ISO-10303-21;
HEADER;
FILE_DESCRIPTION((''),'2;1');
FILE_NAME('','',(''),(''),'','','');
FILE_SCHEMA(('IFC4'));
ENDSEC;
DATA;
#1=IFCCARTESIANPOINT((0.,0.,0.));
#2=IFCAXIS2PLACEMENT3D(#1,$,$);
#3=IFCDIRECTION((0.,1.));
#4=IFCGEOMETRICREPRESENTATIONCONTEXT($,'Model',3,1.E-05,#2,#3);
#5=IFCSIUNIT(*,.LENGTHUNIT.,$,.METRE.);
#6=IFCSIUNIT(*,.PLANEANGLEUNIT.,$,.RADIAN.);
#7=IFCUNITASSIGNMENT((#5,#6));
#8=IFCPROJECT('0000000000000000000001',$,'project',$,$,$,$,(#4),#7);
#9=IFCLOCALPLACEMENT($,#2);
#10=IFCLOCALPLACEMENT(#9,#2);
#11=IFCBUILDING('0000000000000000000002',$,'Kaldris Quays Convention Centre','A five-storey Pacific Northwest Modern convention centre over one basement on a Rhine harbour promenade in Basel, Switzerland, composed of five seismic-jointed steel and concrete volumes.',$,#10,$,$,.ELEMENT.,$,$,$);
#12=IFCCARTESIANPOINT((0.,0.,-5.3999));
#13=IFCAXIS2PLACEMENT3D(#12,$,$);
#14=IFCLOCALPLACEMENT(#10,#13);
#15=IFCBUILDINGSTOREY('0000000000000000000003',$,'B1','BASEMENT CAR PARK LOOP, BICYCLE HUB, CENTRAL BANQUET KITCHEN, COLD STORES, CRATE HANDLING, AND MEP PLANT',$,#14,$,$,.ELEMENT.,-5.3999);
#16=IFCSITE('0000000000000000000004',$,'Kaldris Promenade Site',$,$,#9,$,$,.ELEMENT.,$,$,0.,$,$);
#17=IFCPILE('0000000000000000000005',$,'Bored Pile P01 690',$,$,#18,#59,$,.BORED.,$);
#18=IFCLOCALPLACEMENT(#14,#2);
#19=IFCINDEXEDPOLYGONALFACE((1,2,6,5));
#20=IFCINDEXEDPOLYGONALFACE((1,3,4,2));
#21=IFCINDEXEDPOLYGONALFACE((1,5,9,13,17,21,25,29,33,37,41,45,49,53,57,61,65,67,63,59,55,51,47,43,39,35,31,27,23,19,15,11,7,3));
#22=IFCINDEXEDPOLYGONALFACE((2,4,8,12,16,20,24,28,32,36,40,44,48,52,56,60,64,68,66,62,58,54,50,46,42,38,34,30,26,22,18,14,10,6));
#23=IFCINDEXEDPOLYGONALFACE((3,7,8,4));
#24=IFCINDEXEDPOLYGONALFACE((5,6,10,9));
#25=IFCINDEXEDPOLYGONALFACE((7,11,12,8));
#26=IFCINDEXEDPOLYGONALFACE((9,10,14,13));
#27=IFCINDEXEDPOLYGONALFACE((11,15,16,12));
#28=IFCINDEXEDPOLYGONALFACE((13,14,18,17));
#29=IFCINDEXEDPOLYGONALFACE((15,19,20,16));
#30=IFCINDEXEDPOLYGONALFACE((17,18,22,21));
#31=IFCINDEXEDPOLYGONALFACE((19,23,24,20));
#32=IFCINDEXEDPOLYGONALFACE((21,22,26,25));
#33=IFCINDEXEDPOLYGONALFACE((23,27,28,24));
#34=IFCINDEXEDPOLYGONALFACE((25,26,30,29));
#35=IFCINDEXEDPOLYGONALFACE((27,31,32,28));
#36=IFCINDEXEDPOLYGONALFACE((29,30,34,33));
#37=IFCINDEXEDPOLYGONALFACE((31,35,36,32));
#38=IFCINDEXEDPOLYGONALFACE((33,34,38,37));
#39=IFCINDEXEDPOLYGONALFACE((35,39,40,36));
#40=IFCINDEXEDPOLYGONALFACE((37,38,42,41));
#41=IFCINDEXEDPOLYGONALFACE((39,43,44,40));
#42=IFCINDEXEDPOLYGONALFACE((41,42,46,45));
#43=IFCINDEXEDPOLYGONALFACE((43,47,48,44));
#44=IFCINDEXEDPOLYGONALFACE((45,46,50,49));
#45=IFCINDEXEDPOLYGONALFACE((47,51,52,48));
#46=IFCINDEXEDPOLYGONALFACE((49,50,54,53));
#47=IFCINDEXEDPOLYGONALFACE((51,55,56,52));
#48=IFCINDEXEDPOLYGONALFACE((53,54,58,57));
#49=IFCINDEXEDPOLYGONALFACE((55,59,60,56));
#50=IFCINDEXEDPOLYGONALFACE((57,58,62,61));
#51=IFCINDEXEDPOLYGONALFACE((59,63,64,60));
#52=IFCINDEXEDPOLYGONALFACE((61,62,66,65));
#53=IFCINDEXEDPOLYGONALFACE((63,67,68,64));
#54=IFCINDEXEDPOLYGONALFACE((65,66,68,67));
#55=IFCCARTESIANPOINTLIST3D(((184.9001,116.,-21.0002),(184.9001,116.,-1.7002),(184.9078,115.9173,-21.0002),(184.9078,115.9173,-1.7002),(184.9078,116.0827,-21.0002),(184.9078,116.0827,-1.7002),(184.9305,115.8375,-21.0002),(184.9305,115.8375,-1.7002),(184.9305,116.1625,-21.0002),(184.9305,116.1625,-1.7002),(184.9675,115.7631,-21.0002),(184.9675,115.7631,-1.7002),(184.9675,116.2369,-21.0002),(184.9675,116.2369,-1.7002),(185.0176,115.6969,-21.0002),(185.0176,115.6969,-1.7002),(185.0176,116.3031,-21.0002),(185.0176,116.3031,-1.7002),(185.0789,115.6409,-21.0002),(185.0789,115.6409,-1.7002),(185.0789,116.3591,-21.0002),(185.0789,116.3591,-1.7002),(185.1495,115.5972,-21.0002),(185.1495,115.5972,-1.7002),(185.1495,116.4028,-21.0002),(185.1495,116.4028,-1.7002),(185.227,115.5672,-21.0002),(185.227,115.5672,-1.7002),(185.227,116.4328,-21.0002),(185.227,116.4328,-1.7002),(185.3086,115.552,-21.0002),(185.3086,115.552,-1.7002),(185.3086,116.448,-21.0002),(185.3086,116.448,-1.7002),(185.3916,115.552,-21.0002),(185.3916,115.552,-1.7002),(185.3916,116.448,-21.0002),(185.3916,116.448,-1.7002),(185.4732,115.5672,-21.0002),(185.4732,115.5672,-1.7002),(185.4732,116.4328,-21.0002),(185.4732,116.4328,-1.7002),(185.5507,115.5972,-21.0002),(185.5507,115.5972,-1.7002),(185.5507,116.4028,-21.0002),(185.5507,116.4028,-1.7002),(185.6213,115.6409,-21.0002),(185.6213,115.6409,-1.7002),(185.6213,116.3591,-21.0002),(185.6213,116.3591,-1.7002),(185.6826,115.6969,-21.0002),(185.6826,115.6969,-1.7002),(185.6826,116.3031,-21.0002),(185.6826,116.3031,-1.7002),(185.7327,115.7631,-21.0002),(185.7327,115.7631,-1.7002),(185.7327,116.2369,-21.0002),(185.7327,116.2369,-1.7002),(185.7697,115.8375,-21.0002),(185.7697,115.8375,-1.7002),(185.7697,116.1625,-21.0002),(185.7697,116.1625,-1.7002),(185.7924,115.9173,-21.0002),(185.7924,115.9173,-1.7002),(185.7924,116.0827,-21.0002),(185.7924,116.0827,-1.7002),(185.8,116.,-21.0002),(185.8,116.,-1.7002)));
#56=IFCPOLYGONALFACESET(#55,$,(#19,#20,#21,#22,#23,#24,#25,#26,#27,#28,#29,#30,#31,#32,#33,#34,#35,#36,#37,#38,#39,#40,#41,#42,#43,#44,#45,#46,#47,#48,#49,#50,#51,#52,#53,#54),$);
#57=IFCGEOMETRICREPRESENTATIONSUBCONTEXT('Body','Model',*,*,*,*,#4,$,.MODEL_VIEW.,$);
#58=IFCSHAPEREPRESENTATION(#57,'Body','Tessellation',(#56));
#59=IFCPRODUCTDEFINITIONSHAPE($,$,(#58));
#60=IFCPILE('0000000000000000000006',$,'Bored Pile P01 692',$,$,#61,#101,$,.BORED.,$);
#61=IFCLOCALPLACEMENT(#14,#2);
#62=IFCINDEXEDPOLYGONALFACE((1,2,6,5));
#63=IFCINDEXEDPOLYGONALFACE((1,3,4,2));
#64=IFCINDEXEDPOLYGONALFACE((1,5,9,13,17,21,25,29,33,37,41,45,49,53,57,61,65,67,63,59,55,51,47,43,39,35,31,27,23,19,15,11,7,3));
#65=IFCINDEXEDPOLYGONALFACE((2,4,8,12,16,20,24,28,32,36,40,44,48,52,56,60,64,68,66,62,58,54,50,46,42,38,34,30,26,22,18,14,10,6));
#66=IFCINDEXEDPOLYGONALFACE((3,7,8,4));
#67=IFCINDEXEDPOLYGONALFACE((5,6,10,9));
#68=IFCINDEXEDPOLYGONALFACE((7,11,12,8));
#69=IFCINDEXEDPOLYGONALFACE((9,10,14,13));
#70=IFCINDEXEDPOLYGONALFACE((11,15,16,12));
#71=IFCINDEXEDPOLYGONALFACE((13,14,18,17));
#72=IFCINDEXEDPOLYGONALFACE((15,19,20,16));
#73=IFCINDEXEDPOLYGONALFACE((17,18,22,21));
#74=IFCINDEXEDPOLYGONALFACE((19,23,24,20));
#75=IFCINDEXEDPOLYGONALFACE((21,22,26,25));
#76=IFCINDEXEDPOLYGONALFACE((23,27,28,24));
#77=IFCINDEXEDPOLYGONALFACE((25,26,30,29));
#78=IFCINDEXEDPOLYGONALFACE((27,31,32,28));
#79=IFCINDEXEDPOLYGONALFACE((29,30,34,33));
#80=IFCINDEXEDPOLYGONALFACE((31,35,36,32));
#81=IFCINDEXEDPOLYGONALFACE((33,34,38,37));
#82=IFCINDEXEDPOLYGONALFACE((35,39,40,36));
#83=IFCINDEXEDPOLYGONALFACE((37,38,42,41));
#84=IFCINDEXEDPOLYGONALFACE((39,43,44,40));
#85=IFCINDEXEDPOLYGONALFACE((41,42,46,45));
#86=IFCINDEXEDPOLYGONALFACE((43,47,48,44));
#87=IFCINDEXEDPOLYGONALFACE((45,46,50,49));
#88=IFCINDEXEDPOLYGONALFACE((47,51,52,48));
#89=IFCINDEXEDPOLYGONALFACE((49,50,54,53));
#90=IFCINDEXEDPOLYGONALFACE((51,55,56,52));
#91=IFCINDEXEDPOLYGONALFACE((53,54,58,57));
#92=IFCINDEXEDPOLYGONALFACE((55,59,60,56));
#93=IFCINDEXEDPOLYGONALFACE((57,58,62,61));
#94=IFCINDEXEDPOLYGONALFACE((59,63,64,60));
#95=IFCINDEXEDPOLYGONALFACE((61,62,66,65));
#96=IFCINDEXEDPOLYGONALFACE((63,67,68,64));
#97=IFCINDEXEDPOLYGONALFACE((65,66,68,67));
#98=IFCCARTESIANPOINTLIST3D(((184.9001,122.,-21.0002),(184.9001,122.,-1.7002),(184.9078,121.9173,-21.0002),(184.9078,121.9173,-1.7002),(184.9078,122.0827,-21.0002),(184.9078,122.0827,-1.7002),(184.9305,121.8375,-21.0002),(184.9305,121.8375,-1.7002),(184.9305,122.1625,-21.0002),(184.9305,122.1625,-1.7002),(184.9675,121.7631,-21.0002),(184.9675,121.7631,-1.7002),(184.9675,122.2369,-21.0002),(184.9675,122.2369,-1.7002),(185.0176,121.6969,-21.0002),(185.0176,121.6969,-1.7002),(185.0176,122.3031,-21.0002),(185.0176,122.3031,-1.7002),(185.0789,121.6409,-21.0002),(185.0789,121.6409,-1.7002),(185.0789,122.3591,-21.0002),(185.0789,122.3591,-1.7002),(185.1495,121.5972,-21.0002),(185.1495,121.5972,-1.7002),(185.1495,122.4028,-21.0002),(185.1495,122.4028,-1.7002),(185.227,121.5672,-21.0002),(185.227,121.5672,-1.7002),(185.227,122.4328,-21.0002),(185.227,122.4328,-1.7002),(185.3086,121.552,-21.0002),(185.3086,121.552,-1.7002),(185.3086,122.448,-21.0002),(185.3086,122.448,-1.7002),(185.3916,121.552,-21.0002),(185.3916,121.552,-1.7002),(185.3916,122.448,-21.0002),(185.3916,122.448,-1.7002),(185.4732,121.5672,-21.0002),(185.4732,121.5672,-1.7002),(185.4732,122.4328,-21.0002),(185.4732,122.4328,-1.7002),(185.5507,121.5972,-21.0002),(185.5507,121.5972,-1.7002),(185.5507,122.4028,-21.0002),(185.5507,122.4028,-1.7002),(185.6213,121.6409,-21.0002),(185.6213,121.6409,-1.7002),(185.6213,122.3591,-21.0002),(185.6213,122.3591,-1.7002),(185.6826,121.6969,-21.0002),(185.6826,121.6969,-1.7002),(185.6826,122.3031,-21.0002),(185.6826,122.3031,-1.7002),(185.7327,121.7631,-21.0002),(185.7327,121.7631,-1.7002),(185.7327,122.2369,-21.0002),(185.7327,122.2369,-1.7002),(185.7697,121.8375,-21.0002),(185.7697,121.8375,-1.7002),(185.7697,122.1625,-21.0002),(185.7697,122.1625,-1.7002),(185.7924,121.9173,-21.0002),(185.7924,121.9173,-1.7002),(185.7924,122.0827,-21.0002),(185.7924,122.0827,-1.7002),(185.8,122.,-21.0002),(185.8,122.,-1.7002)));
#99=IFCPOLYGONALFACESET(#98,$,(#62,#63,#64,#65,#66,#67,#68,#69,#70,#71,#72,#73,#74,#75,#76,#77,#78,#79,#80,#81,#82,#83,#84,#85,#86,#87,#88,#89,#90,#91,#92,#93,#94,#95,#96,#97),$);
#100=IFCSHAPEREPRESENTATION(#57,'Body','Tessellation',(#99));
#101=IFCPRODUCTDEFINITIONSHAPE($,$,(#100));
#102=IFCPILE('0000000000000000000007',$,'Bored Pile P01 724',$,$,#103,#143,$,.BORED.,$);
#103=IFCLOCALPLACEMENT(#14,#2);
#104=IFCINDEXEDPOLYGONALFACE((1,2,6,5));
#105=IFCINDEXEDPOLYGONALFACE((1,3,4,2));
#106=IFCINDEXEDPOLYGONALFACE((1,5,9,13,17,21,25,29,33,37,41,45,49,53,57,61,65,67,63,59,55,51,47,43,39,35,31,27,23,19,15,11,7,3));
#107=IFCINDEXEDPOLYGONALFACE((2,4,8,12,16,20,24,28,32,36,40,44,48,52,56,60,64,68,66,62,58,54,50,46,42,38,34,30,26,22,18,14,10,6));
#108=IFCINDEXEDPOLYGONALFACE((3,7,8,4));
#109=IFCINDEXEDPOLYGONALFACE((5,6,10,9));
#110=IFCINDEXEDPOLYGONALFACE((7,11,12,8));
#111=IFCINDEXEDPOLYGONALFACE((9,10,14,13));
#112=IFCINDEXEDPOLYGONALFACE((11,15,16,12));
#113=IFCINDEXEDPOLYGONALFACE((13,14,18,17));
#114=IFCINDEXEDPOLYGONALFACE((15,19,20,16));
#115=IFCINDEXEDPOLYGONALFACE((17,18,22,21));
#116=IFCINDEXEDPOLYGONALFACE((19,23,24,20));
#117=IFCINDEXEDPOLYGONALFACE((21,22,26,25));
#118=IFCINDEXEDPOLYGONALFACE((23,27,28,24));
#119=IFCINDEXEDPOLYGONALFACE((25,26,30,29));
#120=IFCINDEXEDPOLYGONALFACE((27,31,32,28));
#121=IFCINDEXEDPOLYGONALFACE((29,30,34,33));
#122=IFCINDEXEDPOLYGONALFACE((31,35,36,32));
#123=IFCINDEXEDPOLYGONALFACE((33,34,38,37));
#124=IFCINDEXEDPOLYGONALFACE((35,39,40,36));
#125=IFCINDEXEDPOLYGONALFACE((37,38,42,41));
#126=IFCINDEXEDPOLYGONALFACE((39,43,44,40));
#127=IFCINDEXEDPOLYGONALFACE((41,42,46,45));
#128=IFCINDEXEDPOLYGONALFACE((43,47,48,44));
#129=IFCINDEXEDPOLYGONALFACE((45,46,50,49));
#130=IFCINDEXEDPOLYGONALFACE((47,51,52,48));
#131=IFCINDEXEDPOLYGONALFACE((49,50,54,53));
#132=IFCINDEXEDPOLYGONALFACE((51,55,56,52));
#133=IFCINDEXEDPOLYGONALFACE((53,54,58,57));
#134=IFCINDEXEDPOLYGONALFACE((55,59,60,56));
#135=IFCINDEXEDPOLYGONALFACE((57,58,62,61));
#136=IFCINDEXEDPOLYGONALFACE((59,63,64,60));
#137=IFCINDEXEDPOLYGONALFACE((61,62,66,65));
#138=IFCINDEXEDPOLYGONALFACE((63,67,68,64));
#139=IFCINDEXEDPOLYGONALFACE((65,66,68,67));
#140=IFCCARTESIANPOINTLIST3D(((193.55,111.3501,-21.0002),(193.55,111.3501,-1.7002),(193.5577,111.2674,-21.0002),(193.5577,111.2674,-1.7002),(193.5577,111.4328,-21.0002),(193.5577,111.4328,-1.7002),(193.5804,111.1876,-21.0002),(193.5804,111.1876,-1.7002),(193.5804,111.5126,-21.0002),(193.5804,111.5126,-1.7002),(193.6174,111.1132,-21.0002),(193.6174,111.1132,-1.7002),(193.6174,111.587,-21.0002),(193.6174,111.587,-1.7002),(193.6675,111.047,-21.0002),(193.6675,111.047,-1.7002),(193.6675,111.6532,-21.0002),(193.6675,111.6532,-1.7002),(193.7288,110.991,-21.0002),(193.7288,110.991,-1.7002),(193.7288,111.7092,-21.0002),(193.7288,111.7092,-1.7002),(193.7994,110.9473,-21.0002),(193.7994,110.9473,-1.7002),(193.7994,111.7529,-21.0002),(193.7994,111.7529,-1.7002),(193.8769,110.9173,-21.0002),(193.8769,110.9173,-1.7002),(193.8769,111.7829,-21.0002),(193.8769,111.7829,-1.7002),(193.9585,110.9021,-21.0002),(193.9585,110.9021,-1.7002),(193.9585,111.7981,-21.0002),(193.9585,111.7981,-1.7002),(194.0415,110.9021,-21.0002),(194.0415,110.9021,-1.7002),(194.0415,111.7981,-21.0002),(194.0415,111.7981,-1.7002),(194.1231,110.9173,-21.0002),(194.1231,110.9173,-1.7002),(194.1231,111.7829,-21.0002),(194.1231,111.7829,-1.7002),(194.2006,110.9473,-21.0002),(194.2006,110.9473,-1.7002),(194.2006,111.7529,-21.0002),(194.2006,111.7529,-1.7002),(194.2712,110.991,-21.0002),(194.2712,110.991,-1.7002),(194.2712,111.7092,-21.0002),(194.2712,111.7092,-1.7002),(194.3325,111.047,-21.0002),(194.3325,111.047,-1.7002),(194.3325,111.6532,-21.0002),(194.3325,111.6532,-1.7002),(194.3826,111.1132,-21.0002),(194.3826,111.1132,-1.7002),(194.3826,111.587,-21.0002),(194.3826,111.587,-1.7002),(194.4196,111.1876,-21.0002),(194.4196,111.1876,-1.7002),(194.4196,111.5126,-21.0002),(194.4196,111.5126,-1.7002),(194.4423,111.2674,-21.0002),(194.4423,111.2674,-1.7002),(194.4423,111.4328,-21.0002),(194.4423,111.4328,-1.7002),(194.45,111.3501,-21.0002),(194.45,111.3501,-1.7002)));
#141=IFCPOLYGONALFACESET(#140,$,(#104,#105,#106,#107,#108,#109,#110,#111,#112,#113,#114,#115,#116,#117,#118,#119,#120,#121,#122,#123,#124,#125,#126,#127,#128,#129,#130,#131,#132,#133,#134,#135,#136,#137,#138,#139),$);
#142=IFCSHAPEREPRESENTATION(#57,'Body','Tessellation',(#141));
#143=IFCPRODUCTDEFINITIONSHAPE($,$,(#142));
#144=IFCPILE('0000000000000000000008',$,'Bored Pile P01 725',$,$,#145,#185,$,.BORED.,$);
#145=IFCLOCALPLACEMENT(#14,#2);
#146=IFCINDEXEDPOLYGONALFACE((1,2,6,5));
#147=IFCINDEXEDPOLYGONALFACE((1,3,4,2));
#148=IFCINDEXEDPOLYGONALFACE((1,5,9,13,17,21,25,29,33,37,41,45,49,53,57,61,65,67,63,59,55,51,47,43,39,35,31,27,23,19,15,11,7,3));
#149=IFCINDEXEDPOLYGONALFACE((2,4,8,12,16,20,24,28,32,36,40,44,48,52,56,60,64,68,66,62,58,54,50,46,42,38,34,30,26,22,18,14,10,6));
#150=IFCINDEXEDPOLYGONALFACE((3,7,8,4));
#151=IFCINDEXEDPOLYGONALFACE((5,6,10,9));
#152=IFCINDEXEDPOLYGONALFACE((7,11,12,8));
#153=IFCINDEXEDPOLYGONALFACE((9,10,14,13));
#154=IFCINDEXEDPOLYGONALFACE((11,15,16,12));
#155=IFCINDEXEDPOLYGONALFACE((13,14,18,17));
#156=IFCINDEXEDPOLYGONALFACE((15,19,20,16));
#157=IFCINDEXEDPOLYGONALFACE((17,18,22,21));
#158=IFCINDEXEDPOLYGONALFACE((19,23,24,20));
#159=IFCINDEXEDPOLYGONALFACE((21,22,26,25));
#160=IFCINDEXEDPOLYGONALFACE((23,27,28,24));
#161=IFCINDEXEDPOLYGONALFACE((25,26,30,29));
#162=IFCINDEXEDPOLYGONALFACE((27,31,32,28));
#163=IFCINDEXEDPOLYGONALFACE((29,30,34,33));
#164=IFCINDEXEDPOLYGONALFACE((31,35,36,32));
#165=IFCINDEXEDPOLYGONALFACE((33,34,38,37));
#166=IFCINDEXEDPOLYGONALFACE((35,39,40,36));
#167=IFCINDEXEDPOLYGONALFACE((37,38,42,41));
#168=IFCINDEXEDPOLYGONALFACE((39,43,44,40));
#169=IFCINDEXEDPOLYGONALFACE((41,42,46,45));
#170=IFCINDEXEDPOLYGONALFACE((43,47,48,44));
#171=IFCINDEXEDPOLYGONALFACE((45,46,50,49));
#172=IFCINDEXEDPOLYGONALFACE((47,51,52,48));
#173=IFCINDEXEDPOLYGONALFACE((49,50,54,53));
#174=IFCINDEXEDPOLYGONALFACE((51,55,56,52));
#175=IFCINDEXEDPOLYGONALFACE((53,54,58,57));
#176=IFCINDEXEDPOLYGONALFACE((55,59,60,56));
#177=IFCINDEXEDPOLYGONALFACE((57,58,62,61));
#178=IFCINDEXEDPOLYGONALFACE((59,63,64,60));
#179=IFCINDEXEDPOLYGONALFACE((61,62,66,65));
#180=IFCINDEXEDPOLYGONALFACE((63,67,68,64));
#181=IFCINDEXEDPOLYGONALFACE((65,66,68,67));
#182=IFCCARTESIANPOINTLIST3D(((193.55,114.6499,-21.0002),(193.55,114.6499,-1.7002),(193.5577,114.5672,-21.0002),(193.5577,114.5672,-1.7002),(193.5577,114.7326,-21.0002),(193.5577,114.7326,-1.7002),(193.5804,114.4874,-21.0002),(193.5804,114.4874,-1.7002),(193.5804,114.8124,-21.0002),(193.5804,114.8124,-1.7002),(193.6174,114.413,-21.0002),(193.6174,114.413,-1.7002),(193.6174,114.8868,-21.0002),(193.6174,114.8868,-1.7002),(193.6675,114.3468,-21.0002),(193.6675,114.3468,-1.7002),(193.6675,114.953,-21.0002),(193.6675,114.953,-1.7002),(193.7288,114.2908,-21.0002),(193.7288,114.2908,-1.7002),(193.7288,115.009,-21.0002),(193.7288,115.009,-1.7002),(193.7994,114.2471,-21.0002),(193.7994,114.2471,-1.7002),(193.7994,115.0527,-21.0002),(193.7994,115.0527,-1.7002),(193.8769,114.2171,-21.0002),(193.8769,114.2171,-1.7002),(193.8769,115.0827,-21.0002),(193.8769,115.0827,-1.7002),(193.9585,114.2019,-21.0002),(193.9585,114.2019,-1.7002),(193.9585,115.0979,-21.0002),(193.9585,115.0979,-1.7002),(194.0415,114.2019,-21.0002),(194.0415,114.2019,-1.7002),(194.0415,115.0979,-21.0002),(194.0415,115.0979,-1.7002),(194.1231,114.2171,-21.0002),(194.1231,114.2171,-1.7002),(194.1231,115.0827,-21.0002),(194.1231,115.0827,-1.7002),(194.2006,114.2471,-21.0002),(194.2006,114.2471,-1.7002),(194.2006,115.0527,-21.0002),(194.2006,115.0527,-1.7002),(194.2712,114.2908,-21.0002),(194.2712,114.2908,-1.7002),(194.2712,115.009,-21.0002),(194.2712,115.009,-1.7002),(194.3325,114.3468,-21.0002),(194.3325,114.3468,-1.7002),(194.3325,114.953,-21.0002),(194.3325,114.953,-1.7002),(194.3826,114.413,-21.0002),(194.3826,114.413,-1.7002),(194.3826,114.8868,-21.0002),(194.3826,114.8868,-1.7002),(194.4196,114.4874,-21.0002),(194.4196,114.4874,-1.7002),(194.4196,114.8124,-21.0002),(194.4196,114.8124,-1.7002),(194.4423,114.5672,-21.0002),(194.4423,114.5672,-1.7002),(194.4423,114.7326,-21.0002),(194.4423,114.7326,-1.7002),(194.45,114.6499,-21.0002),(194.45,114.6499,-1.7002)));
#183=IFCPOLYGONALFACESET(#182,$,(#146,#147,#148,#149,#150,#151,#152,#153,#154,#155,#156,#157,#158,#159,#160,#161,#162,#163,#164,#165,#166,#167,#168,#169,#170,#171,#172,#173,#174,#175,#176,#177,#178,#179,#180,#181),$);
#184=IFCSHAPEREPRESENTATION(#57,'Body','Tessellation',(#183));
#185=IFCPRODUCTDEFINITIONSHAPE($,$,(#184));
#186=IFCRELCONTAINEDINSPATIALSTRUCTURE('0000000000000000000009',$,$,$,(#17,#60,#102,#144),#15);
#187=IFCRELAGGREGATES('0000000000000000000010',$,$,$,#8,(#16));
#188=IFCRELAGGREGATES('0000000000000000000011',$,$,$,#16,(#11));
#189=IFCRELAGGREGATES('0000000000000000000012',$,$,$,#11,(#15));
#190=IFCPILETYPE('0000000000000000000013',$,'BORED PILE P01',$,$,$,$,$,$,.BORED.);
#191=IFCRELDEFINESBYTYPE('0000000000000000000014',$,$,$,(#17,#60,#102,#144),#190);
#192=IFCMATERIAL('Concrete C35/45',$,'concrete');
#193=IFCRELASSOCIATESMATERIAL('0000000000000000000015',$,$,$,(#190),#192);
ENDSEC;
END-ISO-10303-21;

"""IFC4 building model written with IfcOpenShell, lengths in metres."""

from ifc_helpers import new_model, si_unit, direction, frame, origin, origin_2d, place, context, subcontext, project, spatial, circle, extrude, material, material_profile, profile_set, type_object, element, save


model = new_model("IFC4")

# Units and contexts
model_context = context("Model", 3, precision=1e-05, world=origin(), true_north=direction((0.0, 1.0)))
body_context = subcontext(model_context, "Body", "Model", "MODEL_VIEW")
ifc_project = project(units=[si_unit("LENGTHUNIT", "METRE"), si_unit("PLANEANGLEUNIT", "RADIAN")], contexts=[model_context])

# Site, building, storey
site_placement = place(None, origin())
site = spatial("IfcSite", under=ifc_project, at=site_placement, Name="Kaldris Promenade Site", CompositionType="ELEMENT", RefElevation=0.0)
building_placement = place(site_placement, origin())
building = spatial("IfcBuilding", under=site, at=building_placement, Name="Kaldris Quays Convention Centre", Description="A five-storey Pacific Northwest Modern convention centre over one basement on a Rhine harbour promenade in Basel, Switzerland, composed of five seismic-jointed steel and concrete volumes.", CompositionType="ELEMENT")
storey_placement = place(building_placement, frame((0.0, 0.0, -5.3999)))
storey = spatial("IfcBuildingStorey", under=building, at=storey_placement, Name="B1", Description="BASEMENT CAR PARK LOOP, BICYCLE HUB, CENTRAL BANQUET KITCHEN, COLD STORES, CRATE HANDLING, AND MEP PLANT", CompositionType="ELEMENT", Elevation=-5.3999)

# Piles
ifc_material_1 = material(Name="Concrete C35/45", Category="concrete")
ifc_material_profile_1 = material_profile(ifc_material_1, circle(Radius=0.45, at=origin_2d()), Name="BORED PILE D900")
ifc_profile_set_1 = profile_set([ifc_material_profile_1], Name="Concrete C35/45")
pile_type = type_object("IfcPileType", Name="BORED PILE P01", PredefinedType="BORED", material=ifc_profile_set_1)
for number, where, z_axis, x_axis, name in (
    (1, (185.3501, 116.0, -1.7002), (0.0, 0.0, -1.0), (1.0, 0.0, 0.0), "Bored Pile P01 690"),
    (2, (185.3501, 122.0, -1.7002), (0.0, 0.0, -1.0), (1.0, 0.0, 0.0), "Bored Pile P01 692"),
    (3, (194.0, 111.3501, -1.7002), (0.0, 0.0, -1.0), (1.0, 0.0, 0.0), "Bored Pile P01 724"),
    (4, (194.0, 114.6499, -1.7002), (0.0, 0.0, -1.0), (1.0, 0.0, 0.0), "Bored Pile P01 725"),
):
    element("IfcPile", number, at=place(storey_placement, frame(where, z_axis=z_axis, x_axis=x_axis)), inside=storey, type_object=pile_type, Name=name, PredefinedType="BORED", context=body_context, shape_type="SweptSolid", body=[
        extrude(circle(Radius=0.45, at=origin_2d()), origin(), (0.0, 0.0, 1.0), 19.3),
    ])

save(model, "model.ifc")
